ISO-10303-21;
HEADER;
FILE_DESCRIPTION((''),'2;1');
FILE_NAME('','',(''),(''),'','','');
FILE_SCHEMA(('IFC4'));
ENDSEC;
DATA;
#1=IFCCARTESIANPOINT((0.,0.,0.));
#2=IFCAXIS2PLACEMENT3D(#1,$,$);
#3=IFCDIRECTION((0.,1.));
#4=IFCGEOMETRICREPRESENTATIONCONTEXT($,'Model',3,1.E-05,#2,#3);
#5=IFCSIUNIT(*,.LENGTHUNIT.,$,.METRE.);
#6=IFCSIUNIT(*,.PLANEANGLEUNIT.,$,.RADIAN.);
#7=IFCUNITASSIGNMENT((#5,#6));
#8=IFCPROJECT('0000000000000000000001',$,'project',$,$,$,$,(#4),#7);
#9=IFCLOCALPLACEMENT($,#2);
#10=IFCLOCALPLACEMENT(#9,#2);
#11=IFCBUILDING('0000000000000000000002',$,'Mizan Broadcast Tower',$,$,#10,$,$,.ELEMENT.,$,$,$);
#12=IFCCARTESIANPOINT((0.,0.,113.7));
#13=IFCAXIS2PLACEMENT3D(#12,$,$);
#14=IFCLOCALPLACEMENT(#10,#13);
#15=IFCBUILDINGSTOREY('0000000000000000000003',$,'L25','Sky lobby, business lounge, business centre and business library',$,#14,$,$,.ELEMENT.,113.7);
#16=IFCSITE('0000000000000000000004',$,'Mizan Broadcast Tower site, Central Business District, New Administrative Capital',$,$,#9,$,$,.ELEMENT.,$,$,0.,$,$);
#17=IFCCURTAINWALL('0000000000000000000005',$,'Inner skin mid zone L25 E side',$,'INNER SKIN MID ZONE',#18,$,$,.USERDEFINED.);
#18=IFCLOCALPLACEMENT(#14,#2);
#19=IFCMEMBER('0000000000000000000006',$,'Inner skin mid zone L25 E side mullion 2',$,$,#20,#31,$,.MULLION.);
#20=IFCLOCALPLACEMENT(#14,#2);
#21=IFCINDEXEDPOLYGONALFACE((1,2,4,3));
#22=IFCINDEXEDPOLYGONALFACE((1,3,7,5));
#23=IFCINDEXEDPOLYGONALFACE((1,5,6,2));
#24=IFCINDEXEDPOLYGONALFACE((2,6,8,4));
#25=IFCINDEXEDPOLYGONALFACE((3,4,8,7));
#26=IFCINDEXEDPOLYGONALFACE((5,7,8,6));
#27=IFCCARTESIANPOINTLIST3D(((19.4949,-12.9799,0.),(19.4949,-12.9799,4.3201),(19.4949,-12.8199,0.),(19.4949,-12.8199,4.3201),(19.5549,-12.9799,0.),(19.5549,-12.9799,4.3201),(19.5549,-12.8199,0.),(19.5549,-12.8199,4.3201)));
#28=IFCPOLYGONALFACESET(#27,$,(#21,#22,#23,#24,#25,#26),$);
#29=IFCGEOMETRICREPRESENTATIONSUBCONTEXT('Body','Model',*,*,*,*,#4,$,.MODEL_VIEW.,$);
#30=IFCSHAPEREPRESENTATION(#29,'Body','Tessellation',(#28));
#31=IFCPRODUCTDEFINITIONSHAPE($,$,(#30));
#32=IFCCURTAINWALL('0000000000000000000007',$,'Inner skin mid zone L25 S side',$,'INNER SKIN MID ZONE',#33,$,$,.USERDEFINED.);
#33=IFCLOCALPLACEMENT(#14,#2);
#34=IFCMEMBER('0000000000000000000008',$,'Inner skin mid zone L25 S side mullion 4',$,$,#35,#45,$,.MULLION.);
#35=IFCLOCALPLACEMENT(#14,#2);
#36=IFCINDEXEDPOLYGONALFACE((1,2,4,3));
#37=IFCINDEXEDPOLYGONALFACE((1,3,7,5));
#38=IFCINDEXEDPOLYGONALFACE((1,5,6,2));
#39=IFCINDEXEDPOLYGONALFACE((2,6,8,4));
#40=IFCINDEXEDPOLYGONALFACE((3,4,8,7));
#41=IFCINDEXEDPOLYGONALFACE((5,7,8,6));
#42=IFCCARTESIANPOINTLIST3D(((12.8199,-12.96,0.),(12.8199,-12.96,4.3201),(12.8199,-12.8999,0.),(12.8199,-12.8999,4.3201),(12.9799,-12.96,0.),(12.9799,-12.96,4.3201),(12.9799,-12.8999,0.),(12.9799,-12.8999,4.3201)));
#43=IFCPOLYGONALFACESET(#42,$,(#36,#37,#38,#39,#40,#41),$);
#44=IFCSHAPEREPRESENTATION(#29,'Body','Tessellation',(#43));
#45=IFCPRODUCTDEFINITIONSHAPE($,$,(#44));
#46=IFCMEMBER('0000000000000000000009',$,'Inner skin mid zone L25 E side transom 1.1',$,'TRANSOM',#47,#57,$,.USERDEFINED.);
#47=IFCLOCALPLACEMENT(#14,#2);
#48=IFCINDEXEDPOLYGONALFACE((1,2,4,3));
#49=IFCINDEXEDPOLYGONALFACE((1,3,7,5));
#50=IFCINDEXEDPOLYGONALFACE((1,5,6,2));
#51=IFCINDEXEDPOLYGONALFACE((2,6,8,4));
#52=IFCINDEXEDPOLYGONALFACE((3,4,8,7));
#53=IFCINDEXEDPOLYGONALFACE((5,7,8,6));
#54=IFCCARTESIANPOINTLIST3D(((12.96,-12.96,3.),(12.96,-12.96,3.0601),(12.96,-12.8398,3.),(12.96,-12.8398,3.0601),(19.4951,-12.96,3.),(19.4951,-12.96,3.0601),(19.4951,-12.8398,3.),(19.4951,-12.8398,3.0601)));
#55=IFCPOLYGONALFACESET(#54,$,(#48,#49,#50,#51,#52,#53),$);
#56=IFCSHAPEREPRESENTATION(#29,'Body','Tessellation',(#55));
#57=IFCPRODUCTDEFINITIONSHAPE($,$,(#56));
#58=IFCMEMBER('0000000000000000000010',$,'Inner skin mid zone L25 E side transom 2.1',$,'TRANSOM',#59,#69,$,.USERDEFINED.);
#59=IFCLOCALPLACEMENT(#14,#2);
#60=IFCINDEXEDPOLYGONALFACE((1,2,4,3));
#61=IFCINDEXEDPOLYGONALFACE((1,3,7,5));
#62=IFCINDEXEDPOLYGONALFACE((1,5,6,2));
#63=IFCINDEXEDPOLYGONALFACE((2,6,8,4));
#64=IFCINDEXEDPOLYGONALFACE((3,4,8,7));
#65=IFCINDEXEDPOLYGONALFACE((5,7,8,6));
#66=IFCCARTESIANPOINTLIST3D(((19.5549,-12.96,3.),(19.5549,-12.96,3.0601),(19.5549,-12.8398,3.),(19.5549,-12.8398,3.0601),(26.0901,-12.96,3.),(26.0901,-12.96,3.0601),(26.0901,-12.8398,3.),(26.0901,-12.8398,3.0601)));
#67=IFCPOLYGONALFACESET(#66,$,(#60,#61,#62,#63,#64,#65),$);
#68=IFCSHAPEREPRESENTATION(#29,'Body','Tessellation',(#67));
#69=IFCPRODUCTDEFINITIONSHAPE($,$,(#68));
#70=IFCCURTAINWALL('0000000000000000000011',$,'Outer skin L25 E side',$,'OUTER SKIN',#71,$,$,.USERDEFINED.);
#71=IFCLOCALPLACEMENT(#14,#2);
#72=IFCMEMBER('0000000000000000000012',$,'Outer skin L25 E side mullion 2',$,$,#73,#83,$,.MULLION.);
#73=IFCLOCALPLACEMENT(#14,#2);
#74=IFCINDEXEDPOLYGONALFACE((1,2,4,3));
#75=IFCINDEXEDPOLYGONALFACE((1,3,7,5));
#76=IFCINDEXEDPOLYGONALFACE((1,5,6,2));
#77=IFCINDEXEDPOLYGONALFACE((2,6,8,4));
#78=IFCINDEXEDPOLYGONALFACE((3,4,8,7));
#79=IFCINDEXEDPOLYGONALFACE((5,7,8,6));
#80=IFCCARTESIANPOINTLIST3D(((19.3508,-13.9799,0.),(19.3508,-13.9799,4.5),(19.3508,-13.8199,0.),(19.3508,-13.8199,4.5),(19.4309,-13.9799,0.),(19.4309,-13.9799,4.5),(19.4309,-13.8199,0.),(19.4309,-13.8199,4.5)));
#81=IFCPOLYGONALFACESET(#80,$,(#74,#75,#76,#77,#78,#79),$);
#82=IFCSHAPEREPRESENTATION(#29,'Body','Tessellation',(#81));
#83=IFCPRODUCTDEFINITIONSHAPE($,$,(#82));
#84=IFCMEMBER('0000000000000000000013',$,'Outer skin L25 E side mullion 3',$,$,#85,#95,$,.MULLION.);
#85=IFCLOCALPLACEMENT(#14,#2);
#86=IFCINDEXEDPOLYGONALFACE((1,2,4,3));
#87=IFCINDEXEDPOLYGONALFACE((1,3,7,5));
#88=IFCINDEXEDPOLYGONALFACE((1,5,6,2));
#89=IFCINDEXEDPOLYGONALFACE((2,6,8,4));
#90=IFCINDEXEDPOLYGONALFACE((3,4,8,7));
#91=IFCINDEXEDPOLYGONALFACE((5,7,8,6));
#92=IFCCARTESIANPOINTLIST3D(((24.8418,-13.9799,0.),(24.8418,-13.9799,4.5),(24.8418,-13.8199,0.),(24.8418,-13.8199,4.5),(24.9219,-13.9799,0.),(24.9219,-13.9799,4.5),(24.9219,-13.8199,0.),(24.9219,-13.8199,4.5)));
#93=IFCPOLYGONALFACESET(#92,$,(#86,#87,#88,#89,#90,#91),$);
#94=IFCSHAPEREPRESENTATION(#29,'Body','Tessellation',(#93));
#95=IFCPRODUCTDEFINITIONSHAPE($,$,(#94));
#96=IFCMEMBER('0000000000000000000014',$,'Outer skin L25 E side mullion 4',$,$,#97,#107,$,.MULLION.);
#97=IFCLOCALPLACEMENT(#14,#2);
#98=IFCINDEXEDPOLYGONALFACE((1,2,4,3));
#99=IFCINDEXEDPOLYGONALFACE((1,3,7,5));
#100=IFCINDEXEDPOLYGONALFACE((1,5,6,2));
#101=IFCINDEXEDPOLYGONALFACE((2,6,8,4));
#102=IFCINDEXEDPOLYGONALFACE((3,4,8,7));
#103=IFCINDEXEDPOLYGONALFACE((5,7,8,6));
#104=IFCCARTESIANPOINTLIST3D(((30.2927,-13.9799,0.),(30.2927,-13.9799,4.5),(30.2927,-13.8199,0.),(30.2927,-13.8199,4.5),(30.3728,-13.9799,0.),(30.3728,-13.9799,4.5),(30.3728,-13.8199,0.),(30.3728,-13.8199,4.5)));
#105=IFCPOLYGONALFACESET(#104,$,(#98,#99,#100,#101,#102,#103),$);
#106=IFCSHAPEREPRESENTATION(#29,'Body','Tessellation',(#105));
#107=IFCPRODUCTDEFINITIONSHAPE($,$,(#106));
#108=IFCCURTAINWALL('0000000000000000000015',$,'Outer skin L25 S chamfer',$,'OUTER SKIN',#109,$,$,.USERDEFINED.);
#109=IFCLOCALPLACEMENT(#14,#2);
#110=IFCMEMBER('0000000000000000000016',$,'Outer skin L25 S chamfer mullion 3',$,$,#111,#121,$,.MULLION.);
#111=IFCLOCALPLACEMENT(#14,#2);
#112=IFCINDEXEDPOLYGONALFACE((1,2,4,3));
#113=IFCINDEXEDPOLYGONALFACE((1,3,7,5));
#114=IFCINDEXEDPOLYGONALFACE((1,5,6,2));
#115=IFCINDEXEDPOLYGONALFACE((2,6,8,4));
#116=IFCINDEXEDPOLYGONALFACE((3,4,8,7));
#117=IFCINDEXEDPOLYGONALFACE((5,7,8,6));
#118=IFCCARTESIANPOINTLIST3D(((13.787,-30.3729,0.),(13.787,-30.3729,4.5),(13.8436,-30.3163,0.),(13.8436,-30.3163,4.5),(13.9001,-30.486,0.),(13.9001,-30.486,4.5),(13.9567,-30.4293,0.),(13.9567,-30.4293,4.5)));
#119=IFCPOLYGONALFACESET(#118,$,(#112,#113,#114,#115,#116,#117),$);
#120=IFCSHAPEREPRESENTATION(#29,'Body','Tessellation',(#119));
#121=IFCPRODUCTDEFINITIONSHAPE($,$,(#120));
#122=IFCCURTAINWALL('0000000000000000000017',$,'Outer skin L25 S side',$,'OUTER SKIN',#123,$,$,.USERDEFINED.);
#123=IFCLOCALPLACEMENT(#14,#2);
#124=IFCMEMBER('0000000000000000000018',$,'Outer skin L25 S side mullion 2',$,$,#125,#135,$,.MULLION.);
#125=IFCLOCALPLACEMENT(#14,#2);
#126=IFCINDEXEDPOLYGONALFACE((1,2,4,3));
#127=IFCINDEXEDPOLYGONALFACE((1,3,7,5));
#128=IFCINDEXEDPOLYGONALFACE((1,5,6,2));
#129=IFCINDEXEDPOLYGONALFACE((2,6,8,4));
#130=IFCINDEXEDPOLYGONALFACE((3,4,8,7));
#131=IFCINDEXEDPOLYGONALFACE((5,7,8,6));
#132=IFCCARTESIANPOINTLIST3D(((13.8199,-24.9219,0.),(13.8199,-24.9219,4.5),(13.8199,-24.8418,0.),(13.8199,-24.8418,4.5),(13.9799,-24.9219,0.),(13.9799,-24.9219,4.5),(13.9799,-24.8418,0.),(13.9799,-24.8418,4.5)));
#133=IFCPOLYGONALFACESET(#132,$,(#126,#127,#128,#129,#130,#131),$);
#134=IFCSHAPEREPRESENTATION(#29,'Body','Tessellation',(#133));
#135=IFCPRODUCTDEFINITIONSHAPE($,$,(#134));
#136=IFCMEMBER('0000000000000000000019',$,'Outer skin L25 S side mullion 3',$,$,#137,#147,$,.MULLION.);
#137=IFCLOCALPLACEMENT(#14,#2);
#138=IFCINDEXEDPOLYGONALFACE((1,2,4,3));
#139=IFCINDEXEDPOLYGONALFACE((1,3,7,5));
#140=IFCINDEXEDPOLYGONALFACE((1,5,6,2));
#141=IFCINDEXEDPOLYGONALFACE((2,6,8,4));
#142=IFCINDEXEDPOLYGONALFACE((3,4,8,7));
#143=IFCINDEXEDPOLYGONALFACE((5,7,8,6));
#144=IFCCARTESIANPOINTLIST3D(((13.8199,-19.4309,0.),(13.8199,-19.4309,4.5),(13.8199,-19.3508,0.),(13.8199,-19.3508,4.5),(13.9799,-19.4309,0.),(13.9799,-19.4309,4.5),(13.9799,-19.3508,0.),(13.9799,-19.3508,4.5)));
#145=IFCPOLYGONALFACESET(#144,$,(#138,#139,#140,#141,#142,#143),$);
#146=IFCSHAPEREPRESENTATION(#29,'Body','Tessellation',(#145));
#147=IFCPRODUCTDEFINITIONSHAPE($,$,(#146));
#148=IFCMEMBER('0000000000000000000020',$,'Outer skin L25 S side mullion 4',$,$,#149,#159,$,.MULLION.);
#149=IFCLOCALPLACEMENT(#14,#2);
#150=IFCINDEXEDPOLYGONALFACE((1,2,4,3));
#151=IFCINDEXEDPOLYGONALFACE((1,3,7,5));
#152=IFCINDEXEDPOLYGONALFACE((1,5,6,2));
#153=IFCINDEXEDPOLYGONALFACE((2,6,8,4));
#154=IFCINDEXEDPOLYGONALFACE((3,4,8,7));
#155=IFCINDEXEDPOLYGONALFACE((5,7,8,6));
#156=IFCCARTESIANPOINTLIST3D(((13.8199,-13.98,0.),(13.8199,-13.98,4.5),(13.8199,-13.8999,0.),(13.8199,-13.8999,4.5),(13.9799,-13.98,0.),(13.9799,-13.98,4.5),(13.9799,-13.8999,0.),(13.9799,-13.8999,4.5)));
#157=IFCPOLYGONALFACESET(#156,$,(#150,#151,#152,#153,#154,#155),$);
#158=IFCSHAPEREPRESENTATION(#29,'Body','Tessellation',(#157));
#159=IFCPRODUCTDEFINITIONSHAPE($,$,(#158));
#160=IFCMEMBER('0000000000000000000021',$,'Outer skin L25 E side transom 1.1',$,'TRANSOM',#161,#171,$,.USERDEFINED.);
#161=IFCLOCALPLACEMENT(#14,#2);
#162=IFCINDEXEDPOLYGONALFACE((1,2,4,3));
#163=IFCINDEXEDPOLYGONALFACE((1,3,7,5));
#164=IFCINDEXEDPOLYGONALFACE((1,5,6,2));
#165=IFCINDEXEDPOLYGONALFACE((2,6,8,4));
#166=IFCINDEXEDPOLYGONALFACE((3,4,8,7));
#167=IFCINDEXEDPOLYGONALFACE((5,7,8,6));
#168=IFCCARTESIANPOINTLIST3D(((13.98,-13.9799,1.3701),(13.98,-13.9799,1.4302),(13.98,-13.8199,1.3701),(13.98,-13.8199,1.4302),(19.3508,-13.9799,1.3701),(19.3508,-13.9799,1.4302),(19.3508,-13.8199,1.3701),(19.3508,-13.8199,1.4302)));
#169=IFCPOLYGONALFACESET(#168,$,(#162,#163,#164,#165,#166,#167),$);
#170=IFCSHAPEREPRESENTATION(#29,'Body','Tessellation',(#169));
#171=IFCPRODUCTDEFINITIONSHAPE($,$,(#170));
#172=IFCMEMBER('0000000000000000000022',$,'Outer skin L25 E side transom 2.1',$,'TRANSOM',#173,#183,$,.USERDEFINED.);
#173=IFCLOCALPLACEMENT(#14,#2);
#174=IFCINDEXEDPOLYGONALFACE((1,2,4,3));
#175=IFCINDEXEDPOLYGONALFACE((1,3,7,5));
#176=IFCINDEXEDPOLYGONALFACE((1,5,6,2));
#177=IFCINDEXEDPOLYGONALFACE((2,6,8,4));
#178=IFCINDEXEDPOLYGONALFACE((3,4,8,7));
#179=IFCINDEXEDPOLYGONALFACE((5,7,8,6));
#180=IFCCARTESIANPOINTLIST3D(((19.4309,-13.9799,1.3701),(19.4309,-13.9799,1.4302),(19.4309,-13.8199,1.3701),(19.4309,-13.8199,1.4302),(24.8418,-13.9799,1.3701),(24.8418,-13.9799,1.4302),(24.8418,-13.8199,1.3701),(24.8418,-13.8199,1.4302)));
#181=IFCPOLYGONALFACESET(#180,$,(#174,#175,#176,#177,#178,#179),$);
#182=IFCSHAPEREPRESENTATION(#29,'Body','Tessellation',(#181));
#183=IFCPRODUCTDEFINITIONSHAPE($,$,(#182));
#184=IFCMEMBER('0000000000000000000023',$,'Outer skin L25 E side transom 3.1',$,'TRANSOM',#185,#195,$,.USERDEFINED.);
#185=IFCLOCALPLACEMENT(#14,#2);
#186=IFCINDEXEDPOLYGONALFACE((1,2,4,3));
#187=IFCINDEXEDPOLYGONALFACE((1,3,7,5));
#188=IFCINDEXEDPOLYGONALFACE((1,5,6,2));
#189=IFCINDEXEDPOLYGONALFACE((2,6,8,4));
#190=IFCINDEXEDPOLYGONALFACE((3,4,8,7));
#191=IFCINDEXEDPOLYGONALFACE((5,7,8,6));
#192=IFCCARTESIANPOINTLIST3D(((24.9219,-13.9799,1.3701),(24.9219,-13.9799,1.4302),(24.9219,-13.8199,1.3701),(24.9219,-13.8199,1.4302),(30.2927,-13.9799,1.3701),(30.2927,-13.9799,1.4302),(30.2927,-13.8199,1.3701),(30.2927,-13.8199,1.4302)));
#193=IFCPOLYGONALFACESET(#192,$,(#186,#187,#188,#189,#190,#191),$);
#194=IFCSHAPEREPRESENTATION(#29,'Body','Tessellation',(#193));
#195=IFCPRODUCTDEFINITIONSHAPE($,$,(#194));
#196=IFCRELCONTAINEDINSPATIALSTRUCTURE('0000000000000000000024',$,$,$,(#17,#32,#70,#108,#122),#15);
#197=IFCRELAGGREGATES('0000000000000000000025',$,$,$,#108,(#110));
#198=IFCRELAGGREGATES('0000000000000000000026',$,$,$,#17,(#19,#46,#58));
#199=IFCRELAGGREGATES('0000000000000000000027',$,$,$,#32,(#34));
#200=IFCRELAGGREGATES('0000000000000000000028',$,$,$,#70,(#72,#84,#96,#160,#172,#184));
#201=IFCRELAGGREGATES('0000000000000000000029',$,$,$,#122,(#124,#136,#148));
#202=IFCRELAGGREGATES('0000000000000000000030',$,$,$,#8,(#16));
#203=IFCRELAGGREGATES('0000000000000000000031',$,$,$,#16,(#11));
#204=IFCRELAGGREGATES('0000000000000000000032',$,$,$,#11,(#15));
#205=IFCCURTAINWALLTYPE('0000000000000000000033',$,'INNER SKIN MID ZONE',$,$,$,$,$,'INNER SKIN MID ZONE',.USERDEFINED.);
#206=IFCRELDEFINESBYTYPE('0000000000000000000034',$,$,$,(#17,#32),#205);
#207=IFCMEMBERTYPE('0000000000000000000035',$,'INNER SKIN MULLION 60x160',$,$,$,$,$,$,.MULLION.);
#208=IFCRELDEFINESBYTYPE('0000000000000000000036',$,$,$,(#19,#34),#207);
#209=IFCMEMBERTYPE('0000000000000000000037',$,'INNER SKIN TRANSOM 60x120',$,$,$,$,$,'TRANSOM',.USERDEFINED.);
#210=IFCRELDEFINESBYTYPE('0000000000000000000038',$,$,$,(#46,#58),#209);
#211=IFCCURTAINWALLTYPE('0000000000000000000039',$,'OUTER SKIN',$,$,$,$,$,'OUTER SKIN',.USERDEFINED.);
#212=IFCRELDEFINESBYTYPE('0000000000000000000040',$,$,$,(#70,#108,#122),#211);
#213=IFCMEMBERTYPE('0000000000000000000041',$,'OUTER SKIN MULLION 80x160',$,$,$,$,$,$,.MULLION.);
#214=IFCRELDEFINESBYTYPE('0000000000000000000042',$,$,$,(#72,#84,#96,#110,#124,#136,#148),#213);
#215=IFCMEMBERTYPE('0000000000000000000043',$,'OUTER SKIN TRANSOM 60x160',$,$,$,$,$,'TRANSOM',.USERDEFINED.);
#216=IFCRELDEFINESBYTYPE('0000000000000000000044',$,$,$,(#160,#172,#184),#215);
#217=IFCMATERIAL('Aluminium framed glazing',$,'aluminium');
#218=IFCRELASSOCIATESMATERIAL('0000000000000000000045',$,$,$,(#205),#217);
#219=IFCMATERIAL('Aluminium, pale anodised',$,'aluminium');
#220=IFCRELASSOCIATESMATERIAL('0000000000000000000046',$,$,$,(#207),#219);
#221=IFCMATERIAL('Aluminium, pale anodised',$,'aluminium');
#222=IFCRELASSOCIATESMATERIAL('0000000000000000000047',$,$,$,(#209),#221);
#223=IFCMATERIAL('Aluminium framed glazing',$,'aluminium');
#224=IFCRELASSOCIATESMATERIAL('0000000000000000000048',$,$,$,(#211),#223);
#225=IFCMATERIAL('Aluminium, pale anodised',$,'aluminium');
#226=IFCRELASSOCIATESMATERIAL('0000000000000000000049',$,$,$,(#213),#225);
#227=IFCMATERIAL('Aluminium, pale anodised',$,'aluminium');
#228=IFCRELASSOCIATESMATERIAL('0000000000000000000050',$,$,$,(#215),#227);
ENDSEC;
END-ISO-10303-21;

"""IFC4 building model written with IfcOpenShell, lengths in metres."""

from ifc_helpers import new_model, si_unit, direction, frame, origin, origin_2d, place, context, subcontext, project, spatial, rectangle, extrude, material, material_profile, profile_set, type_object, element, aggregate, save


model = new_model("IFC4")

# Units and contexts
model_context = context("Model", 3, precision=1e-05, world=origin(), true_north=direction((0.0, 1.0)))
body_context = subcontext(model_context, "Body", "Model", "MODEL_VIEW")
ifc_project = project(units=[si_unit("LENGTHUNIT", "METRE"), si_unit("PLANEANGLEUNIT", "RADIAN")], contexts=[model_context])

# Site, building, storey
site_placement = place(None, origin())
site = spatial("IfcSite", under=ifc_project, at=site_placement, Name="Mizan Broadcast Tower site, Central Business District, New Administrative Capital", CompositionType="ELEMENT", RefElevation=0.0)
building_placement = place(site_placement, origin())
building = spatial("IfcBuilding", under=site, at=building_placement, Name="Mizan Broadcast Tower", CompositionType="ELEMENT")
storey_placement = place(building_placement, frame((0.0, 0.0, 113.7)))
storey = spatial("IfcBuildingStorey", under=building, at=storey_placement, Name="L25", Description="Sky lobby, business lounge, business centre and business library", CompositionType="ELEMENT", Elevation=113.7)

# Curtain walls, members
ifc_material_1 = material(Name="Aluminium framed glazing", Category="aluminium")
curtain_wall_type_1 = type_object("IfcCurtainWallType", Name="INNER SKIN MID ZONE", ElementType="INNER SKIN MID ZONE", PredefinedType="USERDEFINED", material=ifc_material_1)
curtain_wall_1_placement = place(storey_placement, origin())
curtain_wall_1 = element("IfcCurtainWall", 1, at=curtain_wall_1_placement, inside=storey, type_object=curtain_wall_type_1, Name="Inner skin mid zone L25 E side", ObjectType="INNER SKIN MID ZONE", PredefinedType="USERDEFINED")
ifc_material_2 = material(Name="Aluminium, pale anodised", Category="aluminium")
ifc_material_profile_1 = material_profile(ifc_material_2, rectangle(XDim=0.1599, YDim=0.0601, at=origin_2d()), Name="MULLION 160x60")
ifc_profile_set_1 = profile_set([ifc_material_profile_1], Name="Aluminium, pale anodised")
member_type_1 = type_object("IfcMemberType", Name="INNER SKIN MULLION 60x160", PredefinedType="MULLION", material=ifc_profile_set_1)
member_1_placement = place(storey_placement, frame((19.5249, -12.8999, 0.0), z_axis=(0.0, 0.0, 1.0), x_axis=(0.0, 1.0, 0.0)))
member_1 = element("IfcMember", 2, at=member_1_placement, type_object=member_type_1, Name="Inner skin mid zone L25 E side mullion 2", PredefinedType="MULLION", context=body_context, shape_type="SweptSolid", body=[
    extrude(rectangle(XDim=0.1599, YDim=0.0601, at=origin_2d()), origin(), (0.0, 0.0, 1.0), 4.3201),
])
curtain_wall_2_placement = place(storey_placement, origin())
curtain_wall_2 = element("IfcCurtainWall", 3, at=curtain_wall_2_placement, inside=storey, type_object=curtain_wall_type_1, Name="Inner skin mid zone L25 S side", ObjectType="INNER SKIN MID ZONE", PredefinedType="USERDEFINED")
member_2_placement = place(storey_placement, frame((12.8999, -12.9299, 0.0), z_axis=(0.0, 0.0, 1.0), x_axis=(-1.0, 0.0, 0.0)))
member_2 = element("IfcMember", 4, at=member_2_placement, type_object=member_type_1, Name="Inner skin mid zone L25 S side mullion 4", PredefinedType="MULLION", context=body_context, shape_type="SweptSolid", body=[
    extrude(rectangle(XDim=0.1599, YDim=0.0601, at=origin_2d()), origin(), (0.0, 0.0, 1.0), 4.3201),
])

# Members
ifc_material_3 = material(Name="Aluminium, pale anodised", Category="aluminium")
ifc_material_profile_2 = material_profile(ifc_material_3, rectangle(XDim=0.1201, YDim=0.0601, at=origin_2d()), Name="TRANSOM 120x60")
ifc_profile_set_2 = profile_set([ifc_material_profile_2], Name="Aluminium, pale anodised")
member_type_2 = type_object("IfcMemberType", Name="INNER SKIN TRANSOM 60x120", ElementType="TRANSOM", PredefinedType="USERDEFINED", material=ifc_profile_set_2)
member_3_placement = place(storey_placement, frame((12.96, -12.8999, 3.03), z_axis=(1.0, 0.0, 0.0), x_axis=(0.0, 1.0, 0.0)))
member_3 = element("IfcMember", 5, at=member_3_placement, type_object=member_type_2, Name="Inner skin mid zone L25 E side transom 1.1", ObjectType="TRANSOM", PredefinedType="USERDEFINED", context=body_context, shape_type="SweptSolid", body=[
    extrude(rectangle(XDim=0.1201, YDim=0.0601, at=origin_2d()), origin(), (0.0, 0.0, 1.0), 6.5352),
])
member_4_placement = place(storey_placement, frame((19.5549, -12.8999, 3.03), z_axis=(1.0, 0.0, 0.0), x_axis=(0.0, 1.0, 0.0)))
member_4 = element("IfcMember", 6, at=member_4_placement, type_object=member_type_2, Name="Inner skin mid zone L25 E side transom 2.1", ObjectType="TRANSOM", PredefinedType="USERDEFINED", context=body_context, shape_type="SweptSolid", body=[
    extrude(rectangle(XDim=0.1201, YDim=0.0601, at=origin_2d()), origin(), (0.0, 0.0, 1.0), 6.5352),
])

# Curtain wall, members
ifc_material_4 = material(Name="Aluminium framed glazing", Category="aluminium")
curtain_wall_type_2 = type_object("IfcCurtainWallType", Name="OUTER SKIN", ElementType="OUTER SKIN", PredefinedType="USERDEFINED", material=ifc_material_4)
curtain_wall_3_placement = place(storey_placement, origin())
curtain_wall_3 = element("IfcCurtainWall", 7, at=curtain_wall_3_placement, inside=storey, type_object=curtain_wall_type_2, Name="Outer skin L25 E side", ObjectType="OUTER SKIN", PredefinedType="USERDEFINED")
ifc_material_5 = material(Name="Aluminium, pale anodised", Category="aluminium")
ifc_material_profile_3 = material_profile(ifc_material_5, rectangle(XDim=0.1599, YDim=0.0801, at=origin_2d()), Name="MULLION 160x80")
ifc_profile_set_3 = profile_set([ifc_material_profile_3], Name="Aluminium, pale anodised")
member_type_3 = type_object("IfcMemberType", Name="OUTER SKIN MULLION 80x160", PredefinedType="MULLION", material=ifc_profile_set_3)
member_5_placement = place(storey_placement, frame((19.3909, -13.8999, 0.0), z_axis=(0.0, 0.0, 1.0), x_axis=(0.0, 1.0, 0.0)))
member_5 = element("IfcMember", 8, at=member_5_placement, type_object=member_type_3, Name="Outer skin L25 E side mullion 2", PredefinedType="MULLION", context=body_context, shape_type="SweptSolid", body=[
    extrude(rectangle(XDim=0.1599, YDim=0.0801, at=origin_2d()), origin(), (0.0, 0.0, 1.0), 4.5),
])
member_6_placement = place(storey_placement, frame((24.8818, -13.8999, 0.0), z_axis=(0.0, 0.0, 1.0), x_axis=(0.0, 1.0, 0.0)))
member_6 = element("IfcMember", 9, at=member_6_placement, type_object=member_type_3, Name="Outer skin L25 E side mullion 3", PredefinedType="MULLION", context=body_context, shape_type="SweptSolid", body=[
    extrude(rectangle(XDim=0.1599, YDim=0.0801, at=origin_2d()), origin(), (0.0, 0.0, 1.0), 4.5),
])
member_7_placement = place(storey_placement, frame((30.3328, -13.8999, 0.0), z_axis=(0.0, 0.0, 1.0), x_axis=(0.0, 1.0, 0.0)))
member_7 = element("IfcMember", 10, at=member_7_placement, type_object=member_type_3, Name="Outer skin L25 E side mullion 4", PredefinedType="MULLION", context=body_context, shape_type="SweptSolid", body=[
    extrude(rectangle(XDim=0.1599, YDim=0.0801, at=origin_2d()), origin(), (0.0, 0.0, 1.0), 4.5),
])

# Curtain wall, member
curtain_wall_4_placement = place(storey_placement, origin())
curtain_wall_4 = element("IfcCurtainWall", 11, at=curtain_wall_4_placement, inside=storey, type_object=curtain_wall_type_2, Name="Outer skin L25 S chamfer", ObjectType="OUTER SKIN", PredefinedType="USERDEFINED")
member_8_placement = place(storey_placement, frame((13.8718, -30.4011, 0.0), z_axis=(0.0, 0.0, 1.0), x_axis=(-0.707107, 0.707107, 0.0)))
member_8 = element("IfcMember", 12, at=member_8_placement, type_object=member_type_3, Name="Outer skin L25 S chamfer mullion 3", PredefinedType="MULLION", context=body_context, shape_type="SweptSolid", body=[
    extrude(rectangle(XDim=0.1599, YDim=0.0801, at=origin_2d()), origin(), (0.0, 0.0, 1.0), 4.5),
])
aggregate(curtain_wall_4, [member_8])

# Curtain wall, members
curtain_wall_5_placement = place(storey_placement, origin())
curtain_wall_5 = element("IfcCurtainWall", 13, at=curtain_wall_5_placement, inside=storey, type_object=curtain_wall_type_2, Name="Outer skin L25 S side", ObjectType="OUTER SKIN", PredefinedType="USERDEFINED")
member_9_placement = place(storey_placement, frame((13.8999, -24.8818, 0.0), z_axis=(0.0, 0.0, 1.0), x_axis=(-1.0, 0.0, 0.0)))
member_9 = element("IfcMember", 14, at=member_9_placement, type_object=member_type_3, Name="Outer skin L25 S side mullion 2", PredefinedType="MULLION", context=body_context, shape_type="SweptSolid", body=[
    extrude(rectangle(XDim=0.1599, YDim=0.0801, at=origin_2d()), origin(), (0.0, 0.0, 1.0), 4.5),
])
member_10_placement = place(storey_placement, frame((13.8999, -19.3909, 0.0), z_axis=(0.0, 0.0, 1.0), x_axis=(-1.0, 0.0, 0.0)))
member_10 = element("IfcMember", 15, at=member_10_placement, type_object=member_type_3, Name="Outer skin L25 S side mullion 3", PredefinedType="MULLION", context=body_context, shape_type="SweptSolid", body=[
    extrude(rectangle(XDim=0.1599, YDim=0.0801, at=origin_2d()), origin(), (0.0, 0.0, 1.0), 4.5),
])
member_11_placement = place(storey_placement, frame((13.8999, -13.9399, 0.0), z_axis=(0.0, 0.0, 1.0), x_axis=(-1.0, 0.0, 0.0)))
member_11 = element("IfcMember", 16, at=member_11_placement, type_object=member_type_3, Name="Outer skin L25 S side mullion 4", PredefinedType="MULLION", context=body_context, shape_type="SweptSolid", body=[
    extrude(rectangle(XDim=0.1599, YDim=0.0801, at=origin_2d()), origin(), (0.0, 0.0, 1.0), 4.5),
])

# Members
ifc_material_6 = material(Name="Aluminium, pale anodised", Category="aluminium")
ifc_material_profile_4 = material_profile(ifc_material_6, rectangle(XDim=0.1599, YDim=0.0601, at=origin_2d()), Name="TRANSOM 160x60")
ifc_profile_set_4 = profile_set([ifc_material_profile_4], Name="Aluminium, pale anodised")
member_type_4 = type_object("IfcMemberType", Name="OUTER SKIN TRANSOM 60x160", ElementType="TRANSOM", PredefinedType="USERDEFINED", material=ifc_profile_set_4)
member_12_placement = place(storey_placement, frame((13.98, -13.8999, 1.4001), z_axis=(1.0, 0.0, 0.0), x_axis=(0.0, 1.0, 0.0)))
member_12 = element("IfcMember", 17, at=member_12_placement, type_object=member_type_4, Name="Outer skin L25 E side transom 1.1", ObjectType="TRANSOM", PredefinedType="USERDEFINED", context=body_context, shape_type="SweptSolid", body=[
    extrude(rectangle(XDim=0.1599, YDim=0.0601, at=origin_2d()), origin(), (0.0, 0.0, 1.0), 5.3708),
])
member_13_placement = place(storey_placement, frame((19.4309, -13.8999, 1.4001), z_axis=(1.0, 0.0, 0.0), x_axis=(0.0, 1.0, 0.0)))
member_13 = element("IfcMember", 18, at=member_13_placement, type_object=member_type_4, Name="Outer skin L25 E side transom 2.1", ObjectType="TRANSOM", PredefinedType="USERDEFINED", context=body_context, shape_type="SweptSolid", body=[
    extrude(rectangle(XDim=0.1599, YDim=0.0601, at=origin_2d()), origin(), (0.0, 0.0, 1.0), 5.4109),
])
member_14_placement = place(storey_placement, frame((24.9219, -13.8999, 1.4001), z_axis=(1.0, 0.0, 0.0), x_axis=(0.0, 1.0, 0.0)))
member_14 = element("IfcMember", 19, at=member_14_placement, type_object=member_type_4, Name="Outer skin L25 E side transom 3.1", ObjectType="TRANSOM", PredefinedType="USERDEFINED", context=body_context, shape_type="SweptSolid", body=[
    extrude(rectangle(XDim=0.1599, YDim=0.0601, at=origin_2d()), origin(), (0.0, 0.0, 1.0), 5.3708),
])

aggregate(curtain_wall_1, [member_1, member_3, member_4])
aggregate(curtain_wall_2, [member_2])
aggregate(curtain_wall_3, [member_5, member_6, member_7, member_12, member_13, member_14])
aggregate(curtain_wall_5, [member_9, member_10, member_11])

save(model, "model.ifc")
